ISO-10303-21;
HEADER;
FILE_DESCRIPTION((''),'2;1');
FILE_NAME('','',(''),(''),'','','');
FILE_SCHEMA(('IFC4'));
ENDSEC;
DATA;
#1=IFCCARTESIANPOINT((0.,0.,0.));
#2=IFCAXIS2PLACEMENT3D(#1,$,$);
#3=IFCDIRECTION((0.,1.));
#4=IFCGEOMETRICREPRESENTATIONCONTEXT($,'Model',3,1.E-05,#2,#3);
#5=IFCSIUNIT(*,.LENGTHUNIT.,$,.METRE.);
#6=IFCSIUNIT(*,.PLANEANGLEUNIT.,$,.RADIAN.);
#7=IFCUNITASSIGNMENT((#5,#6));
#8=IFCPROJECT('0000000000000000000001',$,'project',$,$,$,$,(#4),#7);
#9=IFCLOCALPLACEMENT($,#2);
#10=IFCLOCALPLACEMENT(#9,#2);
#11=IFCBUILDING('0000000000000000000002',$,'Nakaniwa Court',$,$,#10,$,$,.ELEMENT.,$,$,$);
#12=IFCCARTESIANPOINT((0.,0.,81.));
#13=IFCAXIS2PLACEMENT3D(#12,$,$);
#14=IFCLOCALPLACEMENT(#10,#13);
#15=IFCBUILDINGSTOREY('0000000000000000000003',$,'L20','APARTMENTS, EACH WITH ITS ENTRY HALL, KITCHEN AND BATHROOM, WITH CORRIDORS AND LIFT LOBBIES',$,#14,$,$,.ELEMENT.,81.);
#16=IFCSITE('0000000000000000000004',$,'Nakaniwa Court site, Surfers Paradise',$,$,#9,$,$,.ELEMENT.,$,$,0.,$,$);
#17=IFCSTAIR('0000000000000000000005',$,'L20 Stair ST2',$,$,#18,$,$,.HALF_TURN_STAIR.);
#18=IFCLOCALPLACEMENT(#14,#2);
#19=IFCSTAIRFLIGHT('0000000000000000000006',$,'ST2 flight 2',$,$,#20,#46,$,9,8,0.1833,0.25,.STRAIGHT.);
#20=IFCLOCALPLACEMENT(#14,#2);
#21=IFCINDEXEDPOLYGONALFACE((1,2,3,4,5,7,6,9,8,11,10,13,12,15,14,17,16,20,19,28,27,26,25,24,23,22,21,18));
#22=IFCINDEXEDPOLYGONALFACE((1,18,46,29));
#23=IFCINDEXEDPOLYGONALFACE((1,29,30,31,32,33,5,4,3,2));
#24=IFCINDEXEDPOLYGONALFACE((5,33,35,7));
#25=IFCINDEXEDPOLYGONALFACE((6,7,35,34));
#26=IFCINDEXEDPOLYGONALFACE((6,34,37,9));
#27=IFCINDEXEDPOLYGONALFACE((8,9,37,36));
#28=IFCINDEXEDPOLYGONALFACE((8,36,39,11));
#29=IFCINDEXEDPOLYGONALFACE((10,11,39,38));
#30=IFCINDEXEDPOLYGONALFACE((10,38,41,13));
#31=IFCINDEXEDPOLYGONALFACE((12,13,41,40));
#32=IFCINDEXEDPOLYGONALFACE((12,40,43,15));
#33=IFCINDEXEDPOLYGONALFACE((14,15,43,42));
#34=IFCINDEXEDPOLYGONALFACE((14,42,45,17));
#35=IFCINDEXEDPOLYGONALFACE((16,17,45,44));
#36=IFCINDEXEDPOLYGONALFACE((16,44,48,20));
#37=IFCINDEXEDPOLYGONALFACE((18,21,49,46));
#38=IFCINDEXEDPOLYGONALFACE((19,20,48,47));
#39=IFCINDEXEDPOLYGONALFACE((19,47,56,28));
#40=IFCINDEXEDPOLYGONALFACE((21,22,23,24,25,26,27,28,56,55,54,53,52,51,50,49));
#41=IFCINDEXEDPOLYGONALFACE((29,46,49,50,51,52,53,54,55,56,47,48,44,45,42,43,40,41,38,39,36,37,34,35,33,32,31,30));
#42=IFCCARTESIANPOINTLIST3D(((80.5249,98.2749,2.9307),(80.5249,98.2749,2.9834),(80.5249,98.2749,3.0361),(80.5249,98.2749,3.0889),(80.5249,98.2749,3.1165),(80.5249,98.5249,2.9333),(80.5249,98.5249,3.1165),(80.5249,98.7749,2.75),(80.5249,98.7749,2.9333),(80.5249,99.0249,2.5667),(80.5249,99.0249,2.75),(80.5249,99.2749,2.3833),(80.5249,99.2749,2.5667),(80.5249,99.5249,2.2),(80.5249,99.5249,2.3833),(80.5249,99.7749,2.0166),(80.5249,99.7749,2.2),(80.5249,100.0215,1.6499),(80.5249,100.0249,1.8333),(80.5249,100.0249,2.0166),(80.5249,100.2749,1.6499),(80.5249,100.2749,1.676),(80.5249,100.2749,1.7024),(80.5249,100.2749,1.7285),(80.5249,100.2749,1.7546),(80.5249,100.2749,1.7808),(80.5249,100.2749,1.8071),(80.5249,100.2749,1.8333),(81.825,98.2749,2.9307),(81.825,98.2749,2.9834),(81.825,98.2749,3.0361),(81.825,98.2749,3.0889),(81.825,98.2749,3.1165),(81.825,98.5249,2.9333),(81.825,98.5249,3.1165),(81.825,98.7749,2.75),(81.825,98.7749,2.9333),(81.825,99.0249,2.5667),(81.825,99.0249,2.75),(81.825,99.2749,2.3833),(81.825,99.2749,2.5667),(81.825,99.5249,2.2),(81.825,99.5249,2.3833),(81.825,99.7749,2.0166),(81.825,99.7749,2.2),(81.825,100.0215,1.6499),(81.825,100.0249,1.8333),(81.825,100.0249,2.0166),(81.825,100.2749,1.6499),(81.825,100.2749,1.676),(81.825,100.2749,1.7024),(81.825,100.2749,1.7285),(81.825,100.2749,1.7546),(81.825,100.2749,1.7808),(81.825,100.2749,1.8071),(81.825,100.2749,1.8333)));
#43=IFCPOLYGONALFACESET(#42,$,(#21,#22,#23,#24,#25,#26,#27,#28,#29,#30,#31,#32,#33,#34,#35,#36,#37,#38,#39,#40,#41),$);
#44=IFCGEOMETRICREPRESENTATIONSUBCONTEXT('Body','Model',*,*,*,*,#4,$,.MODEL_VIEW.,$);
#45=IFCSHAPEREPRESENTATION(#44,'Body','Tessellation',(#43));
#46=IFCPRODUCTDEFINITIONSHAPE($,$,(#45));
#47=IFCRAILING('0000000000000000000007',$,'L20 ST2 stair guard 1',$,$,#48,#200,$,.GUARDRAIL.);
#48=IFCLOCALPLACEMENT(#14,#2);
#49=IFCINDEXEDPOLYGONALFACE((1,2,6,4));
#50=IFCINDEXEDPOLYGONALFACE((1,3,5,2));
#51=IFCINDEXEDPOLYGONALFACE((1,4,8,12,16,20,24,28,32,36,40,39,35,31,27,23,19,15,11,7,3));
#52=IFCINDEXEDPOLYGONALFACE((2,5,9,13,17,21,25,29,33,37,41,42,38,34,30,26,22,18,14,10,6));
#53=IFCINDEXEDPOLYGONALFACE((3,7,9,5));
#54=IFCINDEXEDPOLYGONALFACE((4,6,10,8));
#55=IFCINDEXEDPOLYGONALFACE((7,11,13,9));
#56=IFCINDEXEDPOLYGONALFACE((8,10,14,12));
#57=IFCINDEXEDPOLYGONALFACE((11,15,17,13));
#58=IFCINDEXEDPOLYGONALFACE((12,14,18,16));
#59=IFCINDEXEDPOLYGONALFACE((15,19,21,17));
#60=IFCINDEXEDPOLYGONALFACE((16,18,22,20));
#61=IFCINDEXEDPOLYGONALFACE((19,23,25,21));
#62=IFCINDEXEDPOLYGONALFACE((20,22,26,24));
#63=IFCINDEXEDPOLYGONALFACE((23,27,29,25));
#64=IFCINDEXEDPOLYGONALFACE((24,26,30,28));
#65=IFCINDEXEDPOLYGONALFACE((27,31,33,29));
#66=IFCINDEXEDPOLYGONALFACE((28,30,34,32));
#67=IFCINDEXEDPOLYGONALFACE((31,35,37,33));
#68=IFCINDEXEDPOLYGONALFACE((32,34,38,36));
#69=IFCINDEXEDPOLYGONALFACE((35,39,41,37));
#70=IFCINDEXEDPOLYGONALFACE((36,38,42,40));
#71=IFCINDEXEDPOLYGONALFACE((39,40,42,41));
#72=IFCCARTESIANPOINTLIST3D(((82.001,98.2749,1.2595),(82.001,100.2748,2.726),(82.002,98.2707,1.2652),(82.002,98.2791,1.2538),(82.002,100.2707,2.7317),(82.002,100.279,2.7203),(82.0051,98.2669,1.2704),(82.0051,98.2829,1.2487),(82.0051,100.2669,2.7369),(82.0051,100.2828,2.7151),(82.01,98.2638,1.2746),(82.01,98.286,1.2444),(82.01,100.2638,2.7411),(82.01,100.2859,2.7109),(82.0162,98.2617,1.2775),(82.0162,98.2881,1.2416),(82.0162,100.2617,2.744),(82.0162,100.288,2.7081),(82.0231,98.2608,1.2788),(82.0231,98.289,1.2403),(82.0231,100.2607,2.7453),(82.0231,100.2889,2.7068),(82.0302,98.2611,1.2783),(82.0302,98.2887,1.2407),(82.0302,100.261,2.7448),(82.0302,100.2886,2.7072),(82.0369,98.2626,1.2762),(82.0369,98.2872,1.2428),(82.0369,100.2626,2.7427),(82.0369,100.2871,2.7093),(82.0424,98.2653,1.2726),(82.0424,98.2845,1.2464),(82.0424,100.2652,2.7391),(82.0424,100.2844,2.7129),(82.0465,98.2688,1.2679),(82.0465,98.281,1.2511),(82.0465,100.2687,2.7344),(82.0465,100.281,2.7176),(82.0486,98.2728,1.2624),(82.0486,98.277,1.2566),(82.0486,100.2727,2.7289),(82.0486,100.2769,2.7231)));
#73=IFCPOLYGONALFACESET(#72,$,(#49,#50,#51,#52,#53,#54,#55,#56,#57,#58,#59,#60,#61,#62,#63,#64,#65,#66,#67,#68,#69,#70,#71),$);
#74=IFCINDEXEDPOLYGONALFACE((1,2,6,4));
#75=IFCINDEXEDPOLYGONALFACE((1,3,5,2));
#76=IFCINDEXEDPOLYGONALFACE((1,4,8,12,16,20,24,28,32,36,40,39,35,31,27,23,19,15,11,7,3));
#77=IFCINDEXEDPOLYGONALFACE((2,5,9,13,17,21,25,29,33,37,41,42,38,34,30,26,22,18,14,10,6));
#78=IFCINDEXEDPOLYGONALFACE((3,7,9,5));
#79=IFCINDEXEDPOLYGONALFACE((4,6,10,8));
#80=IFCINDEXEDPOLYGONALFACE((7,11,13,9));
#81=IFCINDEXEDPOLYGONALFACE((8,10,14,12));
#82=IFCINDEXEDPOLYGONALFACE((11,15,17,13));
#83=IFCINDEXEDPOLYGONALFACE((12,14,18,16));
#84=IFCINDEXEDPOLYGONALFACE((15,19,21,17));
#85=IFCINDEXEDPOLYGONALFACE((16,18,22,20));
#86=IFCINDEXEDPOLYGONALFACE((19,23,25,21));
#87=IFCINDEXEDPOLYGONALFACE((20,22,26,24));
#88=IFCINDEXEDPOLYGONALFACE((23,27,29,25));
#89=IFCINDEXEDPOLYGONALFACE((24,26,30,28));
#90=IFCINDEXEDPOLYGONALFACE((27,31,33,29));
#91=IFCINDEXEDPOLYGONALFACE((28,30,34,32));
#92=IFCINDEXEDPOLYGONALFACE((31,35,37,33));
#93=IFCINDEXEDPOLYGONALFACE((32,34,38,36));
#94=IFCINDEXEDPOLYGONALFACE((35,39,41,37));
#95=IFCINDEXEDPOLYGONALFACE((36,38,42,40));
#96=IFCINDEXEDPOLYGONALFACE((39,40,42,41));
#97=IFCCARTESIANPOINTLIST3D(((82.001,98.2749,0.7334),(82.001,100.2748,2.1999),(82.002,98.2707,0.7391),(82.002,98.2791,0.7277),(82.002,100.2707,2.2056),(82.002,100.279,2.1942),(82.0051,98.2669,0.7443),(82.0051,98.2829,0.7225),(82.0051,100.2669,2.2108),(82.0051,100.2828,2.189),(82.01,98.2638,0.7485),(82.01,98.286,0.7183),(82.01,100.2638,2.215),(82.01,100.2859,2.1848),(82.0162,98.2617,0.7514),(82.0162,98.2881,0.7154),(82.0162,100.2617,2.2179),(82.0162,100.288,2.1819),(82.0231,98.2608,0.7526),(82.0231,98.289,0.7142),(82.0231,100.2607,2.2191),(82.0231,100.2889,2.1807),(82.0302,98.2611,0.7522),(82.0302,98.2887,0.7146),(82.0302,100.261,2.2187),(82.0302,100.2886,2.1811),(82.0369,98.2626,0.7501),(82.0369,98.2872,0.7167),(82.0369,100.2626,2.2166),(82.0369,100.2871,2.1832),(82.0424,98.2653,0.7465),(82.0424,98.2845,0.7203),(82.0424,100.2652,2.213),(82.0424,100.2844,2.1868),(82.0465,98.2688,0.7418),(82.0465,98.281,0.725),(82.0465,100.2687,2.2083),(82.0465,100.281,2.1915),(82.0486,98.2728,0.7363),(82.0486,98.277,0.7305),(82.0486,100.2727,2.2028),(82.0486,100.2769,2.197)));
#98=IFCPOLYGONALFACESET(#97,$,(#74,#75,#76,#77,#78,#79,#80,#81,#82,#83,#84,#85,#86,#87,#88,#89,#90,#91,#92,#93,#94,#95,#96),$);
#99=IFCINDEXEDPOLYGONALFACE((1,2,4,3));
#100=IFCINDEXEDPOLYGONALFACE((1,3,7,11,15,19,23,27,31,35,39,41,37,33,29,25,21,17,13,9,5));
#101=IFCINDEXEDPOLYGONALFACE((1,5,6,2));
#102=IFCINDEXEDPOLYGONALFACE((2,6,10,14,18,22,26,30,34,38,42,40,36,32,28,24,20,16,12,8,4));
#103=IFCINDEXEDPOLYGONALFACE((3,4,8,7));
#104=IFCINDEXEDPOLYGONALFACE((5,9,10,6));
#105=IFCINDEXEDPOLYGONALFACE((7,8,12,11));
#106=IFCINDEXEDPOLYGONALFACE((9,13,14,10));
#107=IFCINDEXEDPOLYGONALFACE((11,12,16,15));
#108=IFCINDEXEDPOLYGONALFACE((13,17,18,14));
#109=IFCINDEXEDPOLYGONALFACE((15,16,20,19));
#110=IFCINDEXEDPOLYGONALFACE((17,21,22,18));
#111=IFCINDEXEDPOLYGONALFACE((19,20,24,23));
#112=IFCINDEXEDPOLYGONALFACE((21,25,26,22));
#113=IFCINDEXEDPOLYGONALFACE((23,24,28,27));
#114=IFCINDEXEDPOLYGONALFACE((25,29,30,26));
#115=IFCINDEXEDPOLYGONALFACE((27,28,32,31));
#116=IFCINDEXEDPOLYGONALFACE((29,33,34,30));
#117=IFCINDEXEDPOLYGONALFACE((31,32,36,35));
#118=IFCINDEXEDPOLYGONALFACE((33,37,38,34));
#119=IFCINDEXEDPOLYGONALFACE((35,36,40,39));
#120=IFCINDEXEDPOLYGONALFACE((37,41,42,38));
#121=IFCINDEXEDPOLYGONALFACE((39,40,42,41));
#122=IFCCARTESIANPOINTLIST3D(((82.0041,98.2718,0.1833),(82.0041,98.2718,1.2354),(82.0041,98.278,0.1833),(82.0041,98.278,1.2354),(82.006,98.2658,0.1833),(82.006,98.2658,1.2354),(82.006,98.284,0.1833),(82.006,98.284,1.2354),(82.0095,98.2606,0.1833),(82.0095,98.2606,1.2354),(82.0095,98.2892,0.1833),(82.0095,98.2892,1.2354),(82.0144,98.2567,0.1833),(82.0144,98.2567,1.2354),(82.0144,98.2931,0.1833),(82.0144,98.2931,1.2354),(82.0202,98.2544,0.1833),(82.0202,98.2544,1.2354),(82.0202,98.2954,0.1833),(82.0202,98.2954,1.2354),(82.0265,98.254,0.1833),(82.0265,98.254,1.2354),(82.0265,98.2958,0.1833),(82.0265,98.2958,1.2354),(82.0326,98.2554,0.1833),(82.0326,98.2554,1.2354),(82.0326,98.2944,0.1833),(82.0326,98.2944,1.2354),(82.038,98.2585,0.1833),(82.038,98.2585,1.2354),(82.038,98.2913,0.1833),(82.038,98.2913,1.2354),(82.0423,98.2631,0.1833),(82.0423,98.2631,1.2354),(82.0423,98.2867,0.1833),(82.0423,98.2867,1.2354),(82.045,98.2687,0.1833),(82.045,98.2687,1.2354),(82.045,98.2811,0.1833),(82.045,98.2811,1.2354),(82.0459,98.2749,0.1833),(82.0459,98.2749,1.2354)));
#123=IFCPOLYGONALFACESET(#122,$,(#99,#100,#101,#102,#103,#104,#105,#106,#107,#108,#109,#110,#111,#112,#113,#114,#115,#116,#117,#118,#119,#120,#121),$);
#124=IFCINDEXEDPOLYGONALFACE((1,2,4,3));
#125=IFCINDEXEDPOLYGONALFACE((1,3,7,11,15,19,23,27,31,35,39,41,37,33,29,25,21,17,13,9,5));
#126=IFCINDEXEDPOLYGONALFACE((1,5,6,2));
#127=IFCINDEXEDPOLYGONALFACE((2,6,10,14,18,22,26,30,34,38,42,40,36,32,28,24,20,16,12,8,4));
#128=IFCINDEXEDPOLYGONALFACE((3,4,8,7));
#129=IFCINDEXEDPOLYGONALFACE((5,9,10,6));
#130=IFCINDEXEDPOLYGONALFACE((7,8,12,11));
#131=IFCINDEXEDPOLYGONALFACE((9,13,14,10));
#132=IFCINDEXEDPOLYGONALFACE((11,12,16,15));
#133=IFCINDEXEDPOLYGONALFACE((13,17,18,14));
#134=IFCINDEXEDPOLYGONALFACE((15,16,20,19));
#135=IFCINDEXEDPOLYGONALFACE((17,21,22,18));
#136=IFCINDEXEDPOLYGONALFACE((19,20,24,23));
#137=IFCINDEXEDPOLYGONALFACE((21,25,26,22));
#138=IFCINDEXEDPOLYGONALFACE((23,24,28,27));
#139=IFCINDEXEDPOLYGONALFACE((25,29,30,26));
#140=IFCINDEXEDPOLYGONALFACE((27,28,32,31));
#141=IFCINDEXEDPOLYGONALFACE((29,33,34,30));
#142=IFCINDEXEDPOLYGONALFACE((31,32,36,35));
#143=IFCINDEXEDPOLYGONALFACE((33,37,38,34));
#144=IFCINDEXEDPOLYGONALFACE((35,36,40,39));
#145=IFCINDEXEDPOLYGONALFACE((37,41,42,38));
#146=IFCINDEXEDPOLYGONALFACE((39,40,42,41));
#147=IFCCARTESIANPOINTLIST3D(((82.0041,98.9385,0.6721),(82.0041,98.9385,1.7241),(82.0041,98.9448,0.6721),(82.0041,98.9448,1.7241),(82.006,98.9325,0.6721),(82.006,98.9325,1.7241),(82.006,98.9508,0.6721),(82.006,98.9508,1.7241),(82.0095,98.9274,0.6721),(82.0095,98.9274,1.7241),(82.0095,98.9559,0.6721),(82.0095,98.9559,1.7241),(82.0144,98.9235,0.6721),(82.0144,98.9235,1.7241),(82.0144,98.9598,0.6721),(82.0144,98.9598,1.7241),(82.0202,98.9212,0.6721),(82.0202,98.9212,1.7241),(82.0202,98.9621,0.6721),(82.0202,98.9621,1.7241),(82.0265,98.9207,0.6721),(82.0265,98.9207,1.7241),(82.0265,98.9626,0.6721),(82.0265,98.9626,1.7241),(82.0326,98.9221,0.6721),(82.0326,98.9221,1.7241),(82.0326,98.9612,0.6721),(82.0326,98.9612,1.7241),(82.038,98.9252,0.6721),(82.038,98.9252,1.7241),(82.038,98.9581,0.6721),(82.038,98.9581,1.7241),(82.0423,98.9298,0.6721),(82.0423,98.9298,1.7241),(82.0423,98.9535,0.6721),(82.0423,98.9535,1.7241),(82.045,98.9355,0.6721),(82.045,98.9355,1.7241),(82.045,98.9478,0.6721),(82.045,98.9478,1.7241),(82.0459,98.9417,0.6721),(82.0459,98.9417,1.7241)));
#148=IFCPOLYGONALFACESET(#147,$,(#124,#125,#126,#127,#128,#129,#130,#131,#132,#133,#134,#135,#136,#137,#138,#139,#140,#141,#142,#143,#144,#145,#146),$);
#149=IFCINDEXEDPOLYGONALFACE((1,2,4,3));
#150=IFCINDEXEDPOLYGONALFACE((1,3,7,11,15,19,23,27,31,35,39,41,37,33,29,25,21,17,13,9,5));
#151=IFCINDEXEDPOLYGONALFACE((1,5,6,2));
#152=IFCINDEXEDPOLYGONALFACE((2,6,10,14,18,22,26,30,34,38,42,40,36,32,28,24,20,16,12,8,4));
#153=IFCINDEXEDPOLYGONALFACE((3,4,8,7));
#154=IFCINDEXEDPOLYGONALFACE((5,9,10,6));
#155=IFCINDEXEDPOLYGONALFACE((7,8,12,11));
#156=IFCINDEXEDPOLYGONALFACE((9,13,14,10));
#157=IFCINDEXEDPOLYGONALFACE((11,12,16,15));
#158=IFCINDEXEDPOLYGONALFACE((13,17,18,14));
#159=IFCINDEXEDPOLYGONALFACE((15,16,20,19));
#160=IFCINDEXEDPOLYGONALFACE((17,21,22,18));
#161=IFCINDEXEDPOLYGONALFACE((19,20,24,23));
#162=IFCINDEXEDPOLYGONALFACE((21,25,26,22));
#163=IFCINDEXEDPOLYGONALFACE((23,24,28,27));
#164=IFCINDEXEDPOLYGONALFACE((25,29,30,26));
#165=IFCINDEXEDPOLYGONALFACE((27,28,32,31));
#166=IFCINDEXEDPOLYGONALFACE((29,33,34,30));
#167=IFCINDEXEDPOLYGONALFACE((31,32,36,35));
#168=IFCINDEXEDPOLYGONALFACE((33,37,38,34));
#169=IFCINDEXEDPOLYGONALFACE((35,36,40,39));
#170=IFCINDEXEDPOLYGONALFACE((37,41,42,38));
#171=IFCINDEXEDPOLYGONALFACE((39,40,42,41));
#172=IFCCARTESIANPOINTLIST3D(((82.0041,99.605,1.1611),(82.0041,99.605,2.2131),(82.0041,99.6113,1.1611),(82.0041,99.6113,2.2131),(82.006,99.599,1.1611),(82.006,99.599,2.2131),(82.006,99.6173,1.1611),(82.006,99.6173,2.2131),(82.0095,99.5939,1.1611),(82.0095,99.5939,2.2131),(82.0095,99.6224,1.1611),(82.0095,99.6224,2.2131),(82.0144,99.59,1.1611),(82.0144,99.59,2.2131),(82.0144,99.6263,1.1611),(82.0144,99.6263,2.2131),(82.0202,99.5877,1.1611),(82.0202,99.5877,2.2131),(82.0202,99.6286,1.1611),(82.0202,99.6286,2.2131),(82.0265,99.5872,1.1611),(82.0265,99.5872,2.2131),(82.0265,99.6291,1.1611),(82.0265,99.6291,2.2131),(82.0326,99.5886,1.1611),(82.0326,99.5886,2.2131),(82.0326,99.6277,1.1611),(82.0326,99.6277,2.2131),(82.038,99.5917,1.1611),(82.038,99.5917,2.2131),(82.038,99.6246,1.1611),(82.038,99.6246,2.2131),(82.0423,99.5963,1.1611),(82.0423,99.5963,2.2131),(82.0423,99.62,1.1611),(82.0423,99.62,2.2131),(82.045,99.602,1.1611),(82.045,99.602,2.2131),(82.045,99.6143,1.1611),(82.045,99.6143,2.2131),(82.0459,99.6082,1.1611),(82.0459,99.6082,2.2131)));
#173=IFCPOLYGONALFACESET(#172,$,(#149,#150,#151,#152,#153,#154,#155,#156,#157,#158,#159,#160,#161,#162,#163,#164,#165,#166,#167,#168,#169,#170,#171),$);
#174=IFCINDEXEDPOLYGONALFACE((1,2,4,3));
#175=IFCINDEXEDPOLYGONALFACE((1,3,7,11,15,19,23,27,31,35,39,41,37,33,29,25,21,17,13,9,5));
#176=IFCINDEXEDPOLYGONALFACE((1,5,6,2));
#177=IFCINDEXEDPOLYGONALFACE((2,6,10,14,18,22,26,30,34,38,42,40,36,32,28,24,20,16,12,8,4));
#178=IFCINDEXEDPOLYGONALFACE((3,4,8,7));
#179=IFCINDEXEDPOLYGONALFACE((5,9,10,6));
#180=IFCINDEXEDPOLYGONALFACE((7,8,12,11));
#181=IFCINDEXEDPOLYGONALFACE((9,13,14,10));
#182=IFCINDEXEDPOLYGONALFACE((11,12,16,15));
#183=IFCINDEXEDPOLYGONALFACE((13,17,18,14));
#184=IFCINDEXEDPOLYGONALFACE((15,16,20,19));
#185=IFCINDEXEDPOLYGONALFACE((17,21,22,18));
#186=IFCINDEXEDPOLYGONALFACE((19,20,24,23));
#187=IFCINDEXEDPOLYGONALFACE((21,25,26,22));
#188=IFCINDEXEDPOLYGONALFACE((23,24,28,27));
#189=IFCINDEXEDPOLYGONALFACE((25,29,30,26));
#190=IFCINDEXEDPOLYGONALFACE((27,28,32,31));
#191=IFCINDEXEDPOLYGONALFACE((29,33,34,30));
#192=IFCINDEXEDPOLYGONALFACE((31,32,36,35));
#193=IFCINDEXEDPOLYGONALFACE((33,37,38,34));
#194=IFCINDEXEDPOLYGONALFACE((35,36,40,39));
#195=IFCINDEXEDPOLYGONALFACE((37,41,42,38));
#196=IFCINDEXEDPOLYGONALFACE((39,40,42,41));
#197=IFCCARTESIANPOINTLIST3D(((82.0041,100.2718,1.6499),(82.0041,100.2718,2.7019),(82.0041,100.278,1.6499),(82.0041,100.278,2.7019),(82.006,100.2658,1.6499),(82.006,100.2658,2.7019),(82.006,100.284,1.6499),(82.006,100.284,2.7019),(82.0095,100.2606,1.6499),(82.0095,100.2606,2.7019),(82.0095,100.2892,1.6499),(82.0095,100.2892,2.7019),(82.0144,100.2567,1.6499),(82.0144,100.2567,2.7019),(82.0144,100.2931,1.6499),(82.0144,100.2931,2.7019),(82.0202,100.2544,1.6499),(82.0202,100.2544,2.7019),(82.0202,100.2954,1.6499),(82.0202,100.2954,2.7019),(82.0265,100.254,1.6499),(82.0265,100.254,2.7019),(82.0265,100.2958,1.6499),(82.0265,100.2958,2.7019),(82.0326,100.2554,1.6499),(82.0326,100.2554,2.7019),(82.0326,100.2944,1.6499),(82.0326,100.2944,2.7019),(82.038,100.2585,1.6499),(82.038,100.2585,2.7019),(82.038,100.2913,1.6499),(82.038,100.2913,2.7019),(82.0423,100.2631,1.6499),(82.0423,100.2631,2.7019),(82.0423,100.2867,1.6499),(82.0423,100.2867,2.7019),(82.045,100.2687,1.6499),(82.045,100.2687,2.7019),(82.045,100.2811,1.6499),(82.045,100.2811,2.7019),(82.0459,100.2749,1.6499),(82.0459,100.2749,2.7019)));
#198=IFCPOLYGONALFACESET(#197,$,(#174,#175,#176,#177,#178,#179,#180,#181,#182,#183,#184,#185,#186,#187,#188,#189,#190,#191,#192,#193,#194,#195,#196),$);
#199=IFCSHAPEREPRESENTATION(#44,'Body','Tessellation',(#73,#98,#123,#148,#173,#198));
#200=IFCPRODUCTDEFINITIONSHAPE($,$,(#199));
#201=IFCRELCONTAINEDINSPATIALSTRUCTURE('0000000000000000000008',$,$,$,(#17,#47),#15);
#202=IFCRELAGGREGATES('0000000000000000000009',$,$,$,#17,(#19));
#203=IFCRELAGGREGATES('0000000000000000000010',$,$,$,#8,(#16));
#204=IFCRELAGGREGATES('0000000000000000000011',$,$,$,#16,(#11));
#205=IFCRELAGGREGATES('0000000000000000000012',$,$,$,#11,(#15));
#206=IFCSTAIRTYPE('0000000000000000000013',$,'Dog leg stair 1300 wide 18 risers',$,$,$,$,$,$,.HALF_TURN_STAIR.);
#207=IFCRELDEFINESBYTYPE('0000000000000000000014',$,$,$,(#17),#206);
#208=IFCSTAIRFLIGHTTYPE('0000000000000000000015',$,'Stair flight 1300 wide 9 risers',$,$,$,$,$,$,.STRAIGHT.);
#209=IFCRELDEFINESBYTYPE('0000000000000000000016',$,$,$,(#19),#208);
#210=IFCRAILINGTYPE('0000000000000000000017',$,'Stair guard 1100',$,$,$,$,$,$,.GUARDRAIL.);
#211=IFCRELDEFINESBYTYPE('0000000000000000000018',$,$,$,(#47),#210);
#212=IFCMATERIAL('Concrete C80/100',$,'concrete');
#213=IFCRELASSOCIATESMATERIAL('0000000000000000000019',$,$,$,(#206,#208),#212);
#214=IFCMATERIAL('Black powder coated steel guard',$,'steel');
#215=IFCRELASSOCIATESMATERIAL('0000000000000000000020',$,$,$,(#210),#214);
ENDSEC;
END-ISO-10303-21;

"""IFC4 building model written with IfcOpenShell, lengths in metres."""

from ifc_helpers import new_model, si_unit, direction, frame, origin, origin_2d, place, context, subcontext, project, spatial, polyline, circle, outline, extrude, material, type_object, element, aggregate, save


model = new_model("IFC4")

# Units and contexts
model_context = context("Model", 3, precision=1e-05, world=origin(), true_north=direction((0.0, 1.0)))
body_context = subcontext(model_context, "Body", "Model", "MODEL_VIEW")
ifc_project = project(units=[si_unit("LENGTHUNIT", "METRE"), si_unit("PLANEANGLEUNIT", "RADIAN")], contexts=[model_context])

# Site, building, storey
site_placement = place(None, origin())
site = spatial("IfcSite", under=ifc_project, at=site_placement, Name="Nakaniwa Court site, Surfers Paradise", CompositionType="ELEMENT", RefElevation=0.0)
building_placement = place(site_placement, origin())
building = spatial("IfcBuilding", under=site, at=building_placement, Name="Nakaniwa Court", CompositionType="ELEMENT")
storey_placement = place(building_placement, frame((0.0, 0.0, 81.0)))
storey = spatial("IfcBuildingStorey", under=building, at=storey_placement, Name="L20", Description="APARTMENTS, EACH WITH ITS ENTRY HALL, KITCHEN AND BATHROOM, WITH CORRIDORS AND LIFT LOBBIES", CompositionType="ELEMENT", Elevation=81.0)

# Shared definitions
ifc_material_1 = material(Name="Concrete C80/100", Category="concrete")

# Stair, stair flight
stair_type = type_object("IfcStairType", Name="Dog leg stair 1300 wide 18 risers", PredefinedType="HALF_TURN_STAIR", material=ifc_material_1)
stair_placement = place(storey_placement, origin())
stair = element("IfcStair", 1, at=stair_placement, inside=storey, type_object=stair_type, Name="L20 Stair ST2", PredefinedType="HALF_TURN_STAIR")
stair_flight_type = type_object("IfcStairFlightType", Name="Stair flight 1300 wide 9 risers", PredefinedType="STRAIGHT", material=ifc_material_1)
stair_flight_1_placement = place(storey_placement, frame((81.175, 100.2749, 1.6499), z_axis=(0.0, 0.0, 1.0), x_axis=(0.0, -1.0, 0.0)))
stair_flight_1 = element("IfcStairFlight", 2, at=stair_flight_1_placement, type_object=stair_flight_type, Name="ST2 flight 2", NumberOfRisers=9, NumberOfTreads=8, PredefinedType="STRAIGHT", RiserHeight=0.1833, TreadLength=0.25, context=body_context, shape_type="SweptSolid", body=[
    extrude(outline(polyline([(0.0, 0.0), (0.0, 0.0261), (0.0, 0.0525), (0.0, 0.0786), (0.0, 0.1047), (0.0, 0.1309), (0.0, 0.1572), (0.0, 0.1833), (0.25, 0.1833), (0.25, 0.3667), (0.5, 0.3667), (0.5, 0.55), (0.75, 0.55), (0.75, 0.7334), (1.0, 0.7334), (1.0, 0.9167), (1.25, 0.9167), (1.25, 1.1001), (1.5, 1.1001), (1.5, 1.2834), (1.75, 1.2834), (1.75, 1.4666), (2.0, 1.4666), (2.0, 1.6499), (2.0, 1.5972), (2.0, 1.5444), (2.0, 1.4917), (2.0, 1.439), (2.0, 1.3862), (2.0, 1.3335), (2.0, 1.2808), (0.2534, 0.0), (0.0, 0.0)])), frame((0.0, 0.6499, 0.0), z_axis=(0.0, -1.0, 0.0), x_axis=(1.0, 0.0, 0.0)), (0.0, 0.0, 1.0), 1.3),
])
aggregate(stair, [stair_flight_1])

# Railing
ifc_material_2 = material(Name="Black powder coated steel guard", Category="steel")
railing_type_1 = type_object("IfcRailingType", Name="Stair guard 1100", PredefinedType="GUARDRAIL", material=ifc_material_2)
railing_1_placement = place(storey_placement, frame((82.0249, 98.2749, 0.1833)))
element("IfcRailing", 3, at=railing_1_placement, inside=storey, type_object=railing_type_1, Name="L20 ST2 stair guard 1", PredefinedType="GUARDRAIL", context=body_context, shape_type="SweptSolid", body=[
    extrude(circle(Radius=0.0239, at=origin_2d()), frame((0.0, 0.0, 1.0762), z_axis=(0.0, 0.806427, 0.591334), x_axis=(-1.0, 0.0, 0.0)), (0.0, 0.0, 1.0), 2.48),
    extrude(circle(Radius=0.0239, at=origin_2d()), frame((0.0, 0.0, 0.55), z_axis=(0.0, 0.806427, 0.591334), x_axis=(-1.0, 0.0, 0.0)), (0.0, 0.0, 1.0), 2.48),
    extrude(circle(Radius=0.021, at=origin_2d()), origin(), (0.0, 0.0, 1.0), 1.052),
    extrude(circle(Radius=0.021, at=origin_2d()), frame((0.0, 0.6667, 0.4888)), (0.0, 0.0, 1.0), 1.052),
    extrude(circle(Radius=0.021, at=origin_2d()), frame((0.0, 1.3333, 0.9778)), (0.0, 0.0, 1.0), 1.052),
    extrude(circle(Radius=0.021, at=origin_2d()), frame((0.0, 2.0, 1.4666)), (0.0, 0.0, 1.0), 1.052),
])

save(model, "model.ifc")
